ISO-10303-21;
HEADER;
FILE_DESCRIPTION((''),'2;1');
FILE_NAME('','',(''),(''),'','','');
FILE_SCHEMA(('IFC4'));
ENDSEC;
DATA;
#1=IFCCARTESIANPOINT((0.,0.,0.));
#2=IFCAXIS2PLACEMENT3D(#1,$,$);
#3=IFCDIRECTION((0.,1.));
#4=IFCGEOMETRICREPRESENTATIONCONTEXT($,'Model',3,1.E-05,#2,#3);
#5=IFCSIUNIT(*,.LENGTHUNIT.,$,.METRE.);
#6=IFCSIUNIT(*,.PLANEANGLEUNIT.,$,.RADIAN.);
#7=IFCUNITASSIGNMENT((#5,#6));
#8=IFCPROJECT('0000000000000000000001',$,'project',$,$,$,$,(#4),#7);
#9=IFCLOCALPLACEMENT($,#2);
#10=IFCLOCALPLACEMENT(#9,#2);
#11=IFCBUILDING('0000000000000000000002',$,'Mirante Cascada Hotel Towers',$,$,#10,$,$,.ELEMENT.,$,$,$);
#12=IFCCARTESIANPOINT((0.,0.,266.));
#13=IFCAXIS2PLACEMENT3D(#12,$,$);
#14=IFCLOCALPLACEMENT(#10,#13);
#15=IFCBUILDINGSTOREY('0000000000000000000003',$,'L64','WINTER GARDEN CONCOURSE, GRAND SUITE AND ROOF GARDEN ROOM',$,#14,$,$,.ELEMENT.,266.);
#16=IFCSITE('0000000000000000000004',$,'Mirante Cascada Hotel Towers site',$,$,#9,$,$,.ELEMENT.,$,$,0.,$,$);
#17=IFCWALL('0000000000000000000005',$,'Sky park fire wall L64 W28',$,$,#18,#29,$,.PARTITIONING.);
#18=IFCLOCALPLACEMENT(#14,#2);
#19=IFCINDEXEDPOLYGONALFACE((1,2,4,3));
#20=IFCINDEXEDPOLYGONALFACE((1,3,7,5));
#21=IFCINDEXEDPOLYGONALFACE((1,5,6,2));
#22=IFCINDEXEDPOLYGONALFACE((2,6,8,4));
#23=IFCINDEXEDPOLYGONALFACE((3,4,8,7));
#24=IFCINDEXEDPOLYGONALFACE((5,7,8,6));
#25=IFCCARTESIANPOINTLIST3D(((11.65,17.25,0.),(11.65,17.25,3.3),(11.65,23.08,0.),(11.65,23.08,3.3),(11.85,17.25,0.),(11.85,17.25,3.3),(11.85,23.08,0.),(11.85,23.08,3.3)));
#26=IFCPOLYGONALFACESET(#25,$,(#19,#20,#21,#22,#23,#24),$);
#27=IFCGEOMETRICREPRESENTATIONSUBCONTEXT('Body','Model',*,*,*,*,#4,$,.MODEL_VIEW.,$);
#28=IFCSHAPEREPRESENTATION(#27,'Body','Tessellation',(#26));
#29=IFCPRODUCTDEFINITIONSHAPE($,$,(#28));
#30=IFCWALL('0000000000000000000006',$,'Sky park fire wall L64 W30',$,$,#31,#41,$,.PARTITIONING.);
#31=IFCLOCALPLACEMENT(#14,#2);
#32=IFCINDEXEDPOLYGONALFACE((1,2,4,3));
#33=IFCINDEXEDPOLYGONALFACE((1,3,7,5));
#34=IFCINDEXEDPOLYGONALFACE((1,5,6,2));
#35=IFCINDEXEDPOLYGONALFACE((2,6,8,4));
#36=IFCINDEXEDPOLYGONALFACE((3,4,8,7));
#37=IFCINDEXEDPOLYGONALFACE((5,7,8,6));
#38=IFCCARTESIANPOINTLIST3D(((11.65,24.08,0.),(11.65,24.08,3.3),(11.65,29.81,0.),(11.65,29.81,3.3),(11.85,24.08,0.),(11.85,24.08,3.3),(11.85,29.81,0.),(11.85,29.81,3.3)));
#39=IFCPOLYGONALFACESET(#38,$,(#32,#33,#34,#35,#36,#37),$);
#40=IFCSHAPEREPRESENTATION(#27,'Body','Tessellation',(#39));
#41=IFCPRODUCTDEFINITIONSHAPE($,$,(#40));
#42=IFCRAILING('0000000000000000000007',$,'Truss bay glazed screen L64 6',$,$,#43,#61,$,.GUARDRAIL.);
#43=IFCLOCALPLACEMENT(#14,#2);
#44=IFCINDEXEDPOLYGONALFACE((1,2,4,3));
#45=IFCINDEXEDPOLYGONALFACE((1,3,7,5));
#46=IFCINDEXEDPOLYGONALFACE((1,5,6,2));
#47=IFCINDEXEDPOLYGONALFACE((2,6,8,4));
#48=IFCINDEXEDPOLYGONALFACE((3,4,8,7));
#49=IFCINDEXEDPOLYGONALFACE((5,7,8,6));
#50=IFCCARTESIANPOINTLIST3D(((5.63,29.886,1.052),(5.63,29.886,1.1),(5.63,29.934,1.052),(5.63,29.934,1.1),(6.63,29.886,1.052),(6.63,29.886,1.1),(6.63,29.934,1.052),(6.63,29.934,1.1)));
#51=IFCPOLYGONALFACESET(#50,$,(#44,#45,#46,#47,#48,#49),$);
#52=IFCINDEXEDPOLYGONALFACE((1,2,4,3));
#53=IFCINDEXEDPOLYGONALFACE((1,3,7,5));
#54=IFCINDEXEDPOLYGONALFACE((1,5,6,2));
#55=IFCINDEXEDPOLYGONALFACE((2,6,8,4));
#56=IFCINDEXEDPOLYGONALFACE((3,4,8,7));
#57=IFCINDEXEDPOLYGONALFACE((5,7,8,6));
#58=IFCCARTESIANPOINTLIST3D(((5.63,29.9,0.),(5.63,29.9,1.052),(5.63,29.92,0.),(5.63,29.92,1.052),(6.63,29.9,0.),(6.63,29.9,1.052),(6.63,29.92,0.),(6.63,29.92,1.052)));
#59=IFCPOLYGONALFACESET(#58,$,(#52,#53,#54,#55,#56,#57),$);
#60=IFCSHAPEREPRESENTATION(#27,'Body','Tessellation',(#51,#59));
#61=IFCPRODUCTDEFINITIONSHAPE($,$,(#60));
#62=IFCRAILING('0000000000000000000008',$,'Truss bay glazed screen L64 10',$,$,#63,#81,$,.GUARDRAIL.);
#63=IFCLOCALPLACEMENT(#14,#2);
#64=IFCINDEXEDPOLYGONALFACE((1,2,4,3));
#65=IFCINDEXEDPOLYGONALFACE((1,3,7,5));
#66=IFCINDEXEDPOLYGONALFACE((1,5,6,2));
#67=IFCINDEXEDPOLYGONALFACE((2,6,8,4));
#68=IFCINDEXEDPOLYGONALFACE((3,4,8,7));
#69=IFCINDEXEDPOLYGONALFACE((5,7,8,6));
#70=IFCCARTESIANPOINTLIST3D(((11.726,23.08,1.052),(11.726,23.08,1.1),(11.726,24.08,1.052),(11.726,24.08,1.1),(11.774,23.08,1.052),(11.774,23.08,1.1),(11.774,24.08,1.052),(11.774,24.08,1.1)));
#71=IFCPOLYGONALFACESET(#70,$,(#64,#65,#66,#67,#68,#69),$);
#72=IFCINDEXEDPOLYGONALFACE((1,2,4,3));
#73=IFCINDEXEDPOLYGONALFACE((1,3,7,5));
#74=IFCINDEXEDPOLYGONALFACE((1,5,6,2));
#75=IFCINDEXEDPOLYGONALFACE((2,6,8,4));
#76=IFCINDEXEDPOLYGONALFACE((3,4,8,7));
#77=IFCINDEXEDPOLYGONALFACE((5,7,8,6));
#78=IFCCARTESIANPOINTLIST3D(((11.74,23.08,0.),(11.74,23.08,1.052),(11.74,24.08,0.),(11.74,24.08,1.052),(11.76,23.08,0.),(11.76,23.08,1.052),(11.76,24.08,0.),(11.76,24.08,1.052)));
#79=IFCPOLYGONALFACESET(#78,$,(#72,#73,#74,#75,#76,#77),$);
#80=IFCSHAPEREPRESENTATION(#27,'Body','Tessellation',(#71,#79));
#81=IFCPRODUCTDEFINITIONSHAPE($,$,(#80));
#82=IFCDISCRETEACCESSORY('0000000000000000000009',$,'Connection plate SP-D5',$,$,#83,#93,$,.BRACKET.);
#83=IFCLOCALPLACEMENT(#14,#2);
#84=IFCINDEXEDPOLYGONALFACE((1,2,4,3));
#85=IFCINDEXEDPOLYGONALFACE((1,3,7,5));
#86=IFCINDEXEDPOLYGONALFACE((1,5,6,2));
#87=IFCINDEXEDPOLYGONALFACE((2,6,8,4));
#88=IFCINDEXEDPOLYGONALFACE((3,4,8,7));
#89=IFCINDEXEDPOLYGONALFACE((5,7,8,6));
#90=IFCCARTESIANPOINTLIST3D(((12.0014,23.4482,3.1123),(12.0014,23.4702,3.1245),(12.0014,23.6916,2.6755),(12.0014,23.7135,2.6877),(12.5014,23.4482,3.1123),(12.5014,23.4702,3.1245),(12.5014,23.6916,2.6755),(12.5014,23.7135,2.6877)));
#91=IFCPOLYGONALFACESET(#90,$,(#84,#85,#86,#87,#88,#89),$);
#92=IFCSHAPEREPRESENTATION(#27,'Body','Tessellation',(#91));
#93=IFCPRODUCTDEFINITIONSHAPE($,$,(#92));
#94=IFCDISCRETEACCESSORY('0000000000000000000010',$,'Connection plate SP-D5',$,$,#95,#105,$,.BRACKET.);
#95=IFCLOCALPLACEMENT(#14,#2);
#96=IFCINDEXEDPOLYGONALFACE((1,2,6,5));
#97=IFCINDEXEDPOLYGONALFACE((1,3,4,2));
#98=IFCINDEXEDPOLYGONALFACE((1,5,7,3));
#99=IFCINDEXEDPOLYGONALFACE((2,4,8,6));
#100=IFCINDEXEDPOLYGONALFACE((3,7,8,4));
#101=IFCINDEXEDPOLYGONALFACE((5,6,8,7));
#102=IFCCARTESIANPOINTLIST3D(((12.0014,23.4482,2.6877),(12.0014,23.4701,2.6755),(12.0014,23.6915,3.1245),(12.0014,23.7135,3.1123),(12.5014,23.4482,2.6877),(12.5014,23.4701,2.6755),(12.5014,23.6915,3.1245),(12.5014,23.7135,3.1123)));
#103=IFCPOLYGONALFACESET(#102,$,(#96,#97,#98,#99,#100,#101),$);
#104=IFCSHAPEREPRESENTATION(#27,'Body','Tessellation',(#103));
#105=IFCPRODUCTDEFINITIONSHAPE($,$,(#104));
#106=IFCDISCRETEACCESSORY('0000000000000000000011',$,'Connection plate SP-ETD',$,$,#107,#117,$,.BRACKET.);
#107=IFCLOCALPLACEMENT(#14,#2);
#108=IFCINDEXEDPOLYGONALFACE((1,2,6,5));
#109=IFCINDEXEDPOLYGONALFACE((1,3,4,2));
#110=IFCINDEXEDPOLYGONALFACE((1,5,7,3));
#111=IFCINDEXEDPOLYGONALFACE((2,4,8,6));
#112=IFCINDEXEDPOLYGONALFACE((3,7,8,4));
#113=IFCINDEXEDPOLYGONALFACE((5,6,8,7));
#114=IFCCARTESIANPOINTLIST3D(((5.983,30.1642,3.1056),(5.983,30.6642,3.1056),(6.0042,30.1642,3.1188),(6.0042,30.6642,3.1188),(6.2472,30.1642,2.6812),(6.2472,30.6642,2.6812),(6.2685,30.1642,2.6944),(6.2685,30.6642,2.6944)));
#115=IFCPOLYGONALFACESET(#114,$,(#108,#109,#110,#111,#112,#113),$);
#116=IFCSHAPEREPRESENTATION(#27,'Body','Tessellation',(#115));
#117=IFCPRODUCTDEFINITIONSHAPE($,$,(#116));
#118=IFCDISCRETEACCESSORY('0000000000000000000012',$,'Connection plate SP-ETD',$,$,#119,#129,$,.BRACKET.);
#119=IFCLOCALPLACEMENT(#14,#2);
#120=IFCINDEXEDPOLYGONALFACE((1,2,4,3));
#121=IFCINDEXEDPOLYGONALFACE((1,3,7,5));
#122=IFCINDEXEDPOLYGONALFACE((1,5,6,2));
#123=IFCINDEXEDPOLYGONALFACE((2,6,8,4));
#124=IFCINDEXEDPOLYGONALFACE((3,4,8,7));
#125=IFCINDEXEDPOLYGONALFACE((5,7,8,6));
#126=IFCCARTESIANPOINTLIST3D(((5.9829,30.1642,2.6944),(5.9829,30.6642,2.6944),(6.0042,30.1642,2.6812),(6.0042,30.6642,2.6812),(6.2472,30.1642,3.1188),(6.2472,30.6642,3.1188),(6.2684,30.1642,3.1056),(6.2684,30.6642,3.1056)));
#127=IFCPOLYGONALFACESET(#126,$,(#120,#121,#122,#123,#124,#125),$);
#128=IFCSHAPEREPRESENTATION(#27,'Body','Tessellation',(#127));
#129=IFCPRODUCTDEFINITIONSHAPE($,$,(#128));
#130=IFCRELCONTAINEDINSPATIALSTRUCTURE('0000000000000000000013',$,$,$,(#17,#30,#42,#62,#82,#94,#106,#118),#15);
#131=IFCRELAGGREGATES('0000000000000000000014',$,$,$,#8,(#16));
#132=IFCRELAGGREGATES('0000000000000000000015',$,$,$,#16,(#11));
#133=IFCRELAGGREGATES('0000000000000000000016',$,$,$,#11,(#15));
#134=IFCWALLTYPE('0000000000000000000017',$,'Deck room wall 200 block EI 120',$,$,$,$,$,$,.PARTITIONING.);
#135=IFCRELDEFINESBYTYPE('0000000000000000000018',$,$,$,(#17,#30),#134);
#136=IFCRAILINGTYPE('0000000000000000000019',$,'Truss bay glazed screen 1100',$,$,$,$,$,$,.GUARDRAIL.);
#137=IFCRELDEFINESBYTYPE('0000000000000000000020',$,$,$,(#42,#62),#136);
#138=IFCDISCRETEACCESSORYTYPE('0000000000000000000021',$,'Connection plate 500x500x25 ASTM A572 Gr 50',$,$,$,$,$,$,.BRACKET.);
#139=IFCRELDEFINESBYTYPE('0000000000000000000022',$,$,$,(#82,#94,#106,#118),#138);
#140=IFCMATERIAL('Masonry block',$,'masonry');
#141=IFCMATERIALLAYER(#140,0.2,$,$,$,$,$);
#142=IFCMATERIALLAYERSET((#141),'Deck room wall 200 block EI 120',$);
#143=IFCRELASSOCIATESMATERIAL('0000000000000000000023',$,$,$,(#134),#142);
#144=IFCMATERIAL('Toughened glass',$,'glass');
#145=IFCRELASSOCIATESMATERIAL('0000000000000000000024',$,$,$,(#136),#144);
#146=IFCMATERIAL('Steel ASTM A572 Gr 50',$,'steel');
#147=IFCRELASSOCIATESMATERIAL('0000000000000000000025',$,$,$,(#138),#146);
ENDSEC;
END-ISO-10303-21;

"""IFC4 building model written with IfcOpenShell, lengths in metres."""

from ifc_helpers import new_model, si_unit, direction, frame, frame_2d, origin, origin_2d, place, context, subcontext, project, spatial, rectangle, extrude, material, layer, layer_set, material_profile, profile_set, type_object, element, save


model = new_model("IFC4")

# Units and contexts
model_context = context("Model", 3, precision=1e-05, world=origin(), true_north=direction((0.0, 1.0)))
body_context = subcontext(model_context, "Body", "Model", "MODEL_VIEW")
ifc_project = project(units=[si_unit("LENGTHUNIT", "METRE"), si_unit("PLANEANGLEUNIT", "RADIAN")], contexts=[model_context])

# Site, building, storey
site_placement = place(None, origin())
site = spatial("IfcSite", under=ifc_project, at=site_placement, Name="Mirante Cascada Hotel Towers site", CompositionType="ELEMENT", RefElevation=0.0)
building_placement = place(site_placement, origin())
building = spatial("IfcBuilding", under=site, at=building_placement, Name="Mirante Cascada Hotel Towers", CompositionType="ELEMENT")
storey_placement = place(building_placement, frame((0.0, 0.0, 266.0)))
storey = spatial("IfcBuildingStorey", under=building, at=storey_placement, Name="L64", Description="WINTER GARDEN CONCOURSE, GRAND SUITE AND ROOF GARDEN ROOM", CompositionType="ELEMENT", Elevation=266.0)

# Walls
ifc_material_1 = material(Name="Masonry block", Category="masonry")
ifc_layer_1 = layer(ifc_material_1, 0.2)
ifc_layer_set_1 = layer_set([ifc_layer_1], Name="Deck room wall 200 block EI 120")
wall_type = type_object("IfcWallType", Name="Deck room wall 200 block EI 120", PredefinedType="PARTITIONING", material=ifc_layer_set_1)
wall_1_placement = place(storey_placement, frame((11.75, 17.25, 0.0), z_axis=(0.0, 0.0, 1.0), x_axis=(0.0, 1.0, 0.0)))
element("IfcWall", 1, at=wall_1_placement, inside=storey, type_object=wall_type, Name="Sky park fire wall L64 W28", PredefinedType="PARTITIONING", context=body_context, shape_type="SweptSolid", body=[
    extrude(rectangle(XDim=5.83, YDim=0.2, at=frame_2d((2.915, 0.0))), origin(), (0.0, 0.0, 1.0), 3.3),
])
wall_2_placement = place(storey_placement, frame((11.75, 24.08, 0.0), z_axis=(0.0, 0.0, 1.0), x_axis=(0.0, 1.0, 0.0)))
element("IfcWall", 2, at=wall_2_placement, inside=storey, type_object=wall_type, Name="Sky park fire wall L64 W30", PredefinedType="PARTITIONING", context=body_context, shape_type="SweptSolid", body=[
    extrude(rectangle(XDim=5.73, YDim=0.2, at=frame_2d((2.865, 0.0))), origin(), (0.0, 0.0, 1.0), 3.3),
])

# Railings
ifc_material_2 = material(Name="Toughened glass", Category="glass")
railing_type = type_object("IfcRailingType", Name="Truss bay glazed screen 1100", PredefinedType="GUARDRAIL", material=ifc_material_2)
railing_1_placement = place(storey_placement, frame((5.63, 29.91, 0.0)))
element("IfcRailing", 3, at=railing_1_placement, inside=storey, type_object=railing_type, Name="Truss bay glazed screen L64 6", PredefinedType="GUARDRAIL", context=body_context, shape_type="SweptSolid", body=[
    extrude(rectangle(XDim=0.048, YDim=0.048, at=origin_2d()), frame((0.0, 0.0, 1.076), z_axis=(1.0, 0.0, 0.0), x_axis=(0.0, 1.0, 0.0)), (0.0, 0.0, 1.0), 1.0),
    extrude(rectangle(XDim=0.02, YDim=1.052, at=origin_2d()), frame((0.0, 0.0, 0.526), z_axis=(1.0, 0.0, 0.0), x_axis=(0.0, 1.0, 0.0)), (0.0, 0.0, 1.0), 1.0),
])
railing_2_placement = place(storey_placement, frame((11.75, 23.08, 0.0)))
element("IfcRailing", 4, at=railing_2_placement, inside=storey, type_object=railing_type, Name="Truss bay glazed screen L64 10", PredefinedType="GUARDRAIL", context=body_context, shape_type="SweptSolid", body=[
    extrude(rectangle(XDim=0.048, YDim=0.048, at=origin_2d()), frame((0.0, 0.0, 1.076), z_axis=(0.0, 1.0, 0.0), x_axis=(-1.0, 0.0, 0.0)), (0.0, 0.0, 1.0), 1.0),
    extrude(rectangle(XDim=0.02, YDim=1.052, at=origin_2d()), frame((0.0, 0.0, 0.526), z_axis=(0.0, 1.0, 0.0), x_axis=(-1.0, 0.0, 0.0)), (0.0, 0.0, 1.0), 1.0),
])

# Discrete accessories
ifc_material_3 = material(Name="Steel ASTM A572 Gr 50", Category="steel")
ifc_material_profile_1 = material_profile(ifc_material_3, rectangle(XDim=0.5, YDim=0.5, at=origin_2d()), Name="Connection plate 500x500x25 ASTM A572 Gr 50")
ifc_profile_set_1 = profile_set([ifc_material_profile_1], Name="Steel ASTM A572 Gr 50")
discrete_accessory_type = type_object("IfcDiscreteAccessoryType", Name="Connection plate 500x500x25 ASTM A572 Gr 50", PredefinedType="BRACKET", material=ifc_profile_set_1)
for number, where, z_axis, x_axis, name in (
    (5, (12.2514, 23.5699, 2.8939), (0.0, 0.873592, 0.486659), (-1.0, 0.0, 0.0), "Connection plate SP-D5"),
    (6, (12.2514, 23.5918, 2.8939), (0.0, -0.873592, 0.486659), (1.0, 0.0, 0.0), "Connection plate SP-D5"),
):
    element("IfcDiscreteAccessory", number, at=place(storey_placement, frame(where, z_axis=z_axis, x_axis=x_axis)), inside=storey, type_object=discrete_accessory_type, Name=name, PredefinedType="BRACKET", context=body_context, shape_type="SweptSolid", body=[
        extrude(rectangle(XDim=0.5, YDim=0.5, at=origin_2d()), origin(), (0.0, 0.0, 1.0), 0.0251),
    ])
for number, where, z_axis, x_axis, name in (
    (7, (6.1151, 30.4142, 2.8934), (0.848897, 0.0, 0.528559), (0.0, 1.0, 0.0), "Connection plate SP-ETD"),
    (8, (6.1363, 30.4142, 2.8934), (-0.848897, 0.0, 0.528559), (0.0, -1.0, 0.0), "Connection plate SP-ETD"),
):
    element("IfcDiscreteAccessory", number, at=place(storey_placement, frame(where, z_axis=z_axis, x_axis=x_axis)), inside=storey, type_object=discrete_accessory_type, Name=name, PredefinedType="BRACKET", context=body_context, shape_type="SweptSolid", body=[
        extrude(rectangle(XDim=0.5, YDim=0.5, at=origin_2d()), origin(), (0.0, 0.0, 1.0), 0.025),
    ])

save(model, "model.ifc")
